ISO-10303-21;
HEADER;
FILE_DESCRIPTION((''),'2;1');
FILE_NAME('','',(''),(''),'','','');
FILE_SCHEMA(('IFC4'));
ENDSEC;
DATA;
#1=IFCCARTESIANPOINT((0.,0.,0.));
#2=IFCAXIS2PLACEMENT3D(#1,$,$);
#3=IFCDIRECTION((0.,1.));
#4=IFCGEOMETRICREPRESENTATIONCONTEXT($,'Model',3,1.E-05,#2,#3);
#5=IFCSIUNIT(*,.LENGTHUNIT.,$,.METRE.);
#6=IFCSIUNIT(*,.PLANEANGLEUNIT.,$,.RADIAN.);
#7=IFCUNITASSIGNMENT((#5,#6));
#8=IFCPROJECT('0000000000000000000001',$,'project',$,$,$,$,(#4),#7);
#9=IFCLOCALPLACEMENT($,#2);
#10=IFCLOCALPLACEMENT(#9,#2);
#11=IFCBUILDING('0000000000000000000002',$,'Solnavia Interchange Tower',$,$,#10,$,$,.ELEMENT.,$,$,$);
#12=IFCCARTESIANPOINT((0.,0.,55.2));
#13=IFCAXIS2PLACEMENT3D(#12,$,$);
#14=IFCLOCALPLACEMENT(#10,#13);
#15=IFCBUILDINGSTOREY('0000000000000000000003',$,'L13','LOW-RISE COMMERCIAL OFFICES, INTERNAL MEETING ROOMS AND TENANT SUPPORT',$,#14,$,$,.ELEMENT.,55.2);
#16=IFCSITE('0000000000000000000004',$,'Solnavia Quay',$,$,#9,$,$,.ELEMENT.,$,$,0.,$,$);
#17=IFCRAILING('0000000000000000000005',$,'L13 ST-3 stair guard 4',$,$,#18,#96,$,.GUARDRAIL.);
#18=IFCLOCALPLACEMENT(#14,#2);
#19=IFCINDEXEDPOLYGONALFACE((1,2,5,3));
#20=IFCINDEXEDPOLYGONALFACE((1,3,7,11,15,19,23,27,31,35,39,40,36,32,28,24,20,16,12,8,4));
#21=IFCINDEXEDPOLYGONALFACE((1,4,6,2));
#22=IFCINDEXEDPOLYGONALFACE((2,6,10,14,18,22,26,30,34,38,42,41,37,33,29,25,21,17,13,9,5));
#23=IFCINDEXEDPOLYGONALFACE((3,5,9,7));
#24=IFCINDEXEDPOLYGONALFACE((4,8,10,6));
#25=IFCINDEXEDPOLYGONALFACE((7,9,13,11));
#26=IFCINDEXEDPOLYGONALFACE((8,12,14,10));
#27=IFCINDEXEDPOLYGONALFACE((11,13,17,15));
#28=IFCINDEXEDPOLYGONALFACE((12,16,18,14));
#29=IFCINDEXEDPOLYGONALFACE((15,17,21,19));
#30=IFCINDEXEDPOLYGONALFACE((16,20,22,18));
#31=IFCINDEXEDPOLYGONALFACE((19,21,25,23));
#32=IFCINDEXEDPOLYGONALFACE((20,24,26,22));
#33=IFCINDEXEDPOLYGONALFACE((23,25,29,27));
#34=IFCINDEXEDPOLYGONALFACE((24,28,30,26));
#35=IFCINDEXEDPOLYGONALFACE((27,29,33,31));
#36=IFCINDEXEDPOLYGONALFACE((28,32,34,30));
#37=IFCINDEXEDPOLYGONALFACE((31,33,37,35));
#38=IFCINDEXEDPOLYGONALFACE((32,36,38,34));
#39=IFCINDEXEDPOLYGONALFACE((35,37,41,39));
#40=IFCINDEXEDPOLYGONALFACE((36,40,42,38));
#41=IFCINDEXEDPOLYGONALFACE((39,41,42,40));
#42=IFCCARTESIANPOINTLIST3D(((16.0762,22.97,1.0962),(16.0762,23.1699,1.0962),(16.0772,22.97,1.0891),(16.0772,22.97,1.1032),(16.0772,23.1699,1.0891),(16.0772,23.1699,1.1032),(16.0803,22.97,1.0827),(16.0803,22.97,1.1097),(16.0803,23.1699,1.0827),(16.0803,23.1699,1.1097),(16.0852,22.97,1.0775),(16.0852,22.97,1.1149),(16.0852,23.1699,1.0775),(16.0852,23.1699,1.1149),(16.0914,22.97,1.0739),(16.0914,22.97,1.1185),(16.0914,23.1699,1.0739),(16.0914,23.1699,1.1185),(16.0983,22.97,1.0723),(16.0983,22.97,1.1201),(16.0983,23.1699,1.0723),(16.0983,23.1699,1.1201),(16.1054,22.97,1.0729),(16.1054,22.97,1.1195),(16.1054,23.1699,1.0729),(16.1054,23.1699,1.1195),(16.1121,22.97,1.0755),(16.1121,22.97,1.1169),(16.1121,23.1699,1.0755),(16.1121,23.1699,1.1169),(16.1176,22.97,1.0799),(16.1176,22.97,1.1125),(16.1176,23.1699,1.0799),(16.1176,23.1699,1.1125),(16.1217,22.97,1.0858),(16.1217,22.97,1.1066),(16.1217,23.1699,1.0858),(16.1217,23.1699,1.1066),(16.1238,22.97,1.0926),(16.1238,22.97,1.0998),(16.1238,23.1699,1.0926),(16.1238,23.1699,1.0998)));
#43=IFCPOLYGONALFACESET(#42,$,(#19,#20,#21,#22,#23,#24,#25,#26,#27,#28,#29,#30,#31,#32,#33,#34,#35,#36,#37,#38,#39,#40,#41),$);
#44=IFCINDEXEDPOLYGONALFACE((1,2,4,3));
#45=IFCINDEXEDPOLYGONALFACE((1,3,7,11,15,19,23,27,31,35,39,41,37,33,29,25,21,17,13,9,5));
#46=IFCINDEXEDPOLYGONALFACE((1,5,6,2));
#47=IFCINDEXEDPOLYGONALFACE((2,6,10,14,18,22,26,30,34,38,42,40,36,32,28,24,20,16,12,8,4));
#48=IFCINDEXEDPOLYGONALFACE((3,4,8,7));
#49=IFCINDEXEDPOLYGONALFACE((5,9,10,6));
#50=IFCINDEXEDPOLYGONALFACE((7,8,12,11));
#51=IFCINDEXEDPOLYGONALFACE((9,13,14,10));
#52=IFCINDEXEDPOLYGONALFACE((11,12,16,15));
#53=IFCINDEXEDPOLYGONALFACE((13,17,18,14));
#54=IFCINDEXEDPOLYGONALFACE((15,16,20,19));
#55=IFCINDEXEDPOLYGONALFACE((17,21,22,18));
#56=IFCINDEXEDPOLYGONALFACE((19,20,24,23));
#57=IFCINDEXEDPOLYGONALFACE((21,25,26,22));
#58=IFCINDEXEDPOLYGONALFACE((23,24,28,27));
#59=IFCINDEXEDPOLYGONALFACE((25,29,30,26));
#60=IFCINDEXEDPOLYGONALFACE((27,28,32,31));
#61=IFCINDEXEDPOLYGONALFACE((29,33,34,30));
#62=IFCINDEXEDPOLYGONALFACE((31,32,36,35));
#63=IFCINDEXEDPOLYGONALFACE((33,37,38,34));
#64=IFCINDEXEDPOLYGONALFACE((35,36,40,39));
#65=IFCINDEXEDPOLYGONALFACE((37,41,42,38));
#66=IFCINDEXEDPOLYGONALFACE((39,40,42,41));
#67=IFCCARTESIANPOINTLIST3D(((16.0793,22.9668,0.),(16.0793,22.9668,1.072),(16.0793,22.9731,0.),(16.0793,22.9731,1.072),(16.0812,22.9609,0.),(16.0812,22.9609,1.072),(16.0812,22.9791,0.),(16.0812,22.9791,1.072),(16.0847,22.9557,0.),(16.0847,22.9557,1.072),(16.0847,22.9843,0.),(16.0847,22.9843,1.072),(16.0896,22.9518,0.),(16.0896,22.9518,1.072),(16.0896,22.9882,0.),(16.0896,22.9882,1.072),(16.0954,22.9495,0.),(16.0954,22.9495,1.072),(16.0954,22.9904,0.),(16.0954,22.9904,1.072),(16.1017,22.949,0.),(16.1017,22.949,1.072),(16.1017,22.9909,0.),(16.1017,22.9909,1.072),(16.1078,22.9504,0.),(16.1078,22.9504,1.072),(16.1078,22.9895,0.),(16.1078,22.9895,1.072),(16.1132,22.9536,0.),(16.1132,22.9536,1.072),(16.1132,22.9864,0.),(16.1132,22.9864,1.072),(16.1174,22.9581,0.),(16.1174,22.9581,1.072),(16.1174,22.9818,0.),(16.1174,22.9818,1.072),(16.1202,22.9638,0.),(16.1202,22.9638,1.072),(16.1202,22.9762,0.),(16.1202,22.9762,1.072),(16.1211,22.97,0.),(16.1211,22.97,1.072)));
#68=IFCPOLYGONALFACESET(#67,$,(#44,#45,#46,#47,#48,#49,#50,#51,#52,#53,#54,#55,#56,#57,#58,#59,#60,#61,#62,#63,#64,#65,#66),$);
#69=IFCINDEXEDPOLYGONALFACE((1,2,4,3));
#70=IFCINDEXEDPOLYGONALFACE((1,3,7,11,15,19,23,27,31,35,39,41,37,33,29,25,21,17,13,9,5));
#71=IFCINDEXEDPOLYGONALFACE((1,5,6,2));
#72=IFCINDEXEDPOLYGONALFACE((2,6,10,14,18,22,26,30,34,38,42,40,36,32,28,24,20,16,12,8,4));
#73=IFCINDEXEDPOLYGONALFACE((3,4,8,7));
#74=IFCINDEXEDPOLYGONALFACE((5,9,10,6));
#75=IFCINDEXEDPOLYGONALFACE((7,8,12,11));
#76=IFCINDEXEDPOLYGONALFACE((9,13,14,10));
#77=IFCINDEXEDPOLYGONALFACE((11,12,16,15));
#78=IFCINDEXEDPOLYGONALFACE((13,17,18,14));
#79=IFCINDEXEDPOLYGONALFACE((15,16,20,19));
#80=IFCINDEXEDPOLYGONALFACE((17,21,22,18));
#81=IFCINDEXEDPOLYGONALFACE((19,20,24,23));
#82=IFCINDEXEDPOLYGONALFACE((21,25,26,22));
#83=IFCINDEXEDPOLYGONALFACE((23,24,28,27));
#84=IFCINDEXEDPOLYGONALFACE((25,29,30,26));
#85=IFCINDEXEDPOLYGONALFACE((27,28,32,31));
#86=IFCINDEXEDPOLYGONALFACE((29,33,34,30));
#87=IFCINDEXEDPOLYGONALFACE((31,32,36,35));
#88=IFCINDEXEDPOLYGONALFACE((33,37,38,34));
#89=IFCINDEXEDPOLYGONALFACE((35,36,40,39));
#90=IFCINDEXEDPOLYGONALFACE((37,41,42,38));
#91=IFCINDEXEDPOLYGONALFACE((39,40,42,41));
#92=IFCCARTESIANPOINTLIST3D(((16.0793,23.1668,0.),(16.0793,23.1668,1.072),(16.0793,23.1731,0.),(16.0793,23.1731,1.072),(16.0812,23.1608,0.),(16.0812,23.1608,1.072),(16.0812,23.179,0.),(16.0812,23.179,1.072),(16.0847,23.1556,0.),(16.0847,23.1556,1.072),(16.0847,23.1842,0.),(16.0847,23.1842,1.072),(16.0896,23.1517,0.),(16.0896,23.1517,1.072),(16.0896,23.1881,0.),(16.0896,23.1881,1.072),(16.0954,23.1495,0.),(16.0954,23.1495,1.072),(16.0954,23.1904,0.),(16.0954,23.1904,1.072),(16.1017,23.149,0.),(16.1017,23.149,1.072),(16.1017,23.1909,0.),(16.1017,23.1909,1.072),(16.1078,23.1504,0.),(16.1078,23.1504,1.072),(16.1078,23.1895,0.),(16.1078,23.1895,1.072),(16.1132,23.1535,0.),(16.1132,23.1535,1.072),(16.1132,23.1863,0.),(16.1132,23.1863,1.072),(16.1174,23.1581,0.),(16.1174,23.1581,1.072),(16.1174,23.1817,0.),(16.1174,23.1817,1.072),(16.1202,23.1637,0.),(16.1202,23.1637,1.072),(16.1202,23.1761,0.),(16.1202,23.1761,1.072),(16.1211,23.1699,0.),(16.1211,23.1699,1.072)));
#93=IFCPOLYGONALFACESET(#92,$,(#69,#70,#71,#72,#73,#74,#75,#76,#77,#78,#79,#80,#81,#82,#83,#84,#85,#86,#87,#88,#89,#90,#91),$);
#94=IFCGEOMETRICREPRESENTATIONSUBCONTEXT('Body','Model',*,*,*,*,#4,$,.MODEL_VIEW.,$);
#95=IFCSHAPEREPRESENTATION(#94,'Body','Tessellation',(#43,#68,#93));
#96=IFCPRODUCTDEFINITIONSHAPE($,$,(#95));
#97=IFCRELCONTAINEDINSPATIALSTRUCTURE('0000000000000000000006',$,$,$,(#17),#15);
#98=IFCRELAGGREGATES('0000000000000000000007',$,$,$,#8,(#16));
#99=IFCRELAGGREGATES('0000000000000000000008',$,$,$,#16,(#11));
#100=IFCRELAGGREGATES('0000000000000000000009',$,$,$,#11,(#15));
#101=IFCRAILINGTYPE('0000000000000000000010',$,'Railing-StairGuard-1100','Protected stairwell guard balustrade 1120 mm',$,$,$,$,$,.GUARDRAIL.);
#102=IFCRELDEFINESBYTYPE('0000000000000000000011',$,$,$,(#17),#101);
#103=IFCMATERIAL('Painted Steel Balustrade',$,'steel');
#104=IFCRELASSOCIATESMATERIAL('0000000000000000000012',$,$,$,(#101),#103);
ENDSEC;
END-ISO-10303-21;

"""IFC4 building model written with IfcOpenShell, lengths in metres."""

from ifc_helpers import new_model, si_unit, direction, frame, origin, origin_2d, place, context, subcontext, project, spatial, circle, extrude, material, type_object, element, save


model = new_model("IFC4")

# Units and contexts
model_context = context("Model", 3, precision=1e-05, world=origin(), true_north=direction((0.0, 1.0)))
body_context = subcontext(model_context, "Body", "Model", "MODEL_VIEW")
ifc_project = project(units=[si_unit("LENGTHUNIT", "METRE"), si_unit("PLANEANGLEUNIT", "RADIAN")], contexts=[model_context])

# Site, building, storey
site_placement = place(None, origin())
site = spatial("IfcSite", under=ifc_project, at=site_placement, Name="Solnavia Quay", CompositionType="ELEMENT", RefElevation=0.0)
building_placement = place(site_placement, origin())
building = spatial("IfcBuilding", under=site, at=building_placement, Name="Solnavia Interchange Tower", CompositionType="ELEMENT")
storey_placement = place(building_placement, frame((0.0, 0.0, 55.2)))
storey = spatial("IfcBuildingStorey", under=building, at=storey_placement, Name="L13", Description="LOW-RISE COMMERCIAL OFFICES, INTERNAL MEETING ROOMS AND TENANT SUPPORT", CompositionType="ELEMENT", Elevation=55.2)

# Railing
ifc_material_1 = material(Name="Painted Steel Balustrade", Category="steel")
railing_type_1 = type_object("IfcRailingType", Name="Railing-StairGuard-1100", Description="Protected stairwell guard balustrade 1120 mm", PredefinedType="GUARDRAIL", material=ifc_material_1)
railing_1_placement = place(storey_placement, frame((16.1001, 22.97, 0.0)))
element("IfcRailing", 1, at=railing_1_placement, inside=storey, type_object=railing_type_1, Name="L13 ST-3 stair guard 4", PredefinedType="GUARDRAIL", context=body_context, shape_type="SweptSolid", body=[
    extrude(circle(Radius=0.0239, at=origin_2d()), frame((0.0, 0.0, 1.0962), z_axis=(0.0, 1.0, 0.0), x_axis=(-1.0, 0.0, 0.0)), (0.0, 0.0, 1.0), 0.2),
    extrude(circle(Radius=0.021, at=origin_2d()), origin(), (0.0, 0.0, 1.0), 1.072),
    extrude(circle(Radius=0.021, at=origin_2d()), frame((0.0, 0.2, 0.0)), (0.0, 0.0, 1.0), 1.072),
])

save(model, "model.ifc")
